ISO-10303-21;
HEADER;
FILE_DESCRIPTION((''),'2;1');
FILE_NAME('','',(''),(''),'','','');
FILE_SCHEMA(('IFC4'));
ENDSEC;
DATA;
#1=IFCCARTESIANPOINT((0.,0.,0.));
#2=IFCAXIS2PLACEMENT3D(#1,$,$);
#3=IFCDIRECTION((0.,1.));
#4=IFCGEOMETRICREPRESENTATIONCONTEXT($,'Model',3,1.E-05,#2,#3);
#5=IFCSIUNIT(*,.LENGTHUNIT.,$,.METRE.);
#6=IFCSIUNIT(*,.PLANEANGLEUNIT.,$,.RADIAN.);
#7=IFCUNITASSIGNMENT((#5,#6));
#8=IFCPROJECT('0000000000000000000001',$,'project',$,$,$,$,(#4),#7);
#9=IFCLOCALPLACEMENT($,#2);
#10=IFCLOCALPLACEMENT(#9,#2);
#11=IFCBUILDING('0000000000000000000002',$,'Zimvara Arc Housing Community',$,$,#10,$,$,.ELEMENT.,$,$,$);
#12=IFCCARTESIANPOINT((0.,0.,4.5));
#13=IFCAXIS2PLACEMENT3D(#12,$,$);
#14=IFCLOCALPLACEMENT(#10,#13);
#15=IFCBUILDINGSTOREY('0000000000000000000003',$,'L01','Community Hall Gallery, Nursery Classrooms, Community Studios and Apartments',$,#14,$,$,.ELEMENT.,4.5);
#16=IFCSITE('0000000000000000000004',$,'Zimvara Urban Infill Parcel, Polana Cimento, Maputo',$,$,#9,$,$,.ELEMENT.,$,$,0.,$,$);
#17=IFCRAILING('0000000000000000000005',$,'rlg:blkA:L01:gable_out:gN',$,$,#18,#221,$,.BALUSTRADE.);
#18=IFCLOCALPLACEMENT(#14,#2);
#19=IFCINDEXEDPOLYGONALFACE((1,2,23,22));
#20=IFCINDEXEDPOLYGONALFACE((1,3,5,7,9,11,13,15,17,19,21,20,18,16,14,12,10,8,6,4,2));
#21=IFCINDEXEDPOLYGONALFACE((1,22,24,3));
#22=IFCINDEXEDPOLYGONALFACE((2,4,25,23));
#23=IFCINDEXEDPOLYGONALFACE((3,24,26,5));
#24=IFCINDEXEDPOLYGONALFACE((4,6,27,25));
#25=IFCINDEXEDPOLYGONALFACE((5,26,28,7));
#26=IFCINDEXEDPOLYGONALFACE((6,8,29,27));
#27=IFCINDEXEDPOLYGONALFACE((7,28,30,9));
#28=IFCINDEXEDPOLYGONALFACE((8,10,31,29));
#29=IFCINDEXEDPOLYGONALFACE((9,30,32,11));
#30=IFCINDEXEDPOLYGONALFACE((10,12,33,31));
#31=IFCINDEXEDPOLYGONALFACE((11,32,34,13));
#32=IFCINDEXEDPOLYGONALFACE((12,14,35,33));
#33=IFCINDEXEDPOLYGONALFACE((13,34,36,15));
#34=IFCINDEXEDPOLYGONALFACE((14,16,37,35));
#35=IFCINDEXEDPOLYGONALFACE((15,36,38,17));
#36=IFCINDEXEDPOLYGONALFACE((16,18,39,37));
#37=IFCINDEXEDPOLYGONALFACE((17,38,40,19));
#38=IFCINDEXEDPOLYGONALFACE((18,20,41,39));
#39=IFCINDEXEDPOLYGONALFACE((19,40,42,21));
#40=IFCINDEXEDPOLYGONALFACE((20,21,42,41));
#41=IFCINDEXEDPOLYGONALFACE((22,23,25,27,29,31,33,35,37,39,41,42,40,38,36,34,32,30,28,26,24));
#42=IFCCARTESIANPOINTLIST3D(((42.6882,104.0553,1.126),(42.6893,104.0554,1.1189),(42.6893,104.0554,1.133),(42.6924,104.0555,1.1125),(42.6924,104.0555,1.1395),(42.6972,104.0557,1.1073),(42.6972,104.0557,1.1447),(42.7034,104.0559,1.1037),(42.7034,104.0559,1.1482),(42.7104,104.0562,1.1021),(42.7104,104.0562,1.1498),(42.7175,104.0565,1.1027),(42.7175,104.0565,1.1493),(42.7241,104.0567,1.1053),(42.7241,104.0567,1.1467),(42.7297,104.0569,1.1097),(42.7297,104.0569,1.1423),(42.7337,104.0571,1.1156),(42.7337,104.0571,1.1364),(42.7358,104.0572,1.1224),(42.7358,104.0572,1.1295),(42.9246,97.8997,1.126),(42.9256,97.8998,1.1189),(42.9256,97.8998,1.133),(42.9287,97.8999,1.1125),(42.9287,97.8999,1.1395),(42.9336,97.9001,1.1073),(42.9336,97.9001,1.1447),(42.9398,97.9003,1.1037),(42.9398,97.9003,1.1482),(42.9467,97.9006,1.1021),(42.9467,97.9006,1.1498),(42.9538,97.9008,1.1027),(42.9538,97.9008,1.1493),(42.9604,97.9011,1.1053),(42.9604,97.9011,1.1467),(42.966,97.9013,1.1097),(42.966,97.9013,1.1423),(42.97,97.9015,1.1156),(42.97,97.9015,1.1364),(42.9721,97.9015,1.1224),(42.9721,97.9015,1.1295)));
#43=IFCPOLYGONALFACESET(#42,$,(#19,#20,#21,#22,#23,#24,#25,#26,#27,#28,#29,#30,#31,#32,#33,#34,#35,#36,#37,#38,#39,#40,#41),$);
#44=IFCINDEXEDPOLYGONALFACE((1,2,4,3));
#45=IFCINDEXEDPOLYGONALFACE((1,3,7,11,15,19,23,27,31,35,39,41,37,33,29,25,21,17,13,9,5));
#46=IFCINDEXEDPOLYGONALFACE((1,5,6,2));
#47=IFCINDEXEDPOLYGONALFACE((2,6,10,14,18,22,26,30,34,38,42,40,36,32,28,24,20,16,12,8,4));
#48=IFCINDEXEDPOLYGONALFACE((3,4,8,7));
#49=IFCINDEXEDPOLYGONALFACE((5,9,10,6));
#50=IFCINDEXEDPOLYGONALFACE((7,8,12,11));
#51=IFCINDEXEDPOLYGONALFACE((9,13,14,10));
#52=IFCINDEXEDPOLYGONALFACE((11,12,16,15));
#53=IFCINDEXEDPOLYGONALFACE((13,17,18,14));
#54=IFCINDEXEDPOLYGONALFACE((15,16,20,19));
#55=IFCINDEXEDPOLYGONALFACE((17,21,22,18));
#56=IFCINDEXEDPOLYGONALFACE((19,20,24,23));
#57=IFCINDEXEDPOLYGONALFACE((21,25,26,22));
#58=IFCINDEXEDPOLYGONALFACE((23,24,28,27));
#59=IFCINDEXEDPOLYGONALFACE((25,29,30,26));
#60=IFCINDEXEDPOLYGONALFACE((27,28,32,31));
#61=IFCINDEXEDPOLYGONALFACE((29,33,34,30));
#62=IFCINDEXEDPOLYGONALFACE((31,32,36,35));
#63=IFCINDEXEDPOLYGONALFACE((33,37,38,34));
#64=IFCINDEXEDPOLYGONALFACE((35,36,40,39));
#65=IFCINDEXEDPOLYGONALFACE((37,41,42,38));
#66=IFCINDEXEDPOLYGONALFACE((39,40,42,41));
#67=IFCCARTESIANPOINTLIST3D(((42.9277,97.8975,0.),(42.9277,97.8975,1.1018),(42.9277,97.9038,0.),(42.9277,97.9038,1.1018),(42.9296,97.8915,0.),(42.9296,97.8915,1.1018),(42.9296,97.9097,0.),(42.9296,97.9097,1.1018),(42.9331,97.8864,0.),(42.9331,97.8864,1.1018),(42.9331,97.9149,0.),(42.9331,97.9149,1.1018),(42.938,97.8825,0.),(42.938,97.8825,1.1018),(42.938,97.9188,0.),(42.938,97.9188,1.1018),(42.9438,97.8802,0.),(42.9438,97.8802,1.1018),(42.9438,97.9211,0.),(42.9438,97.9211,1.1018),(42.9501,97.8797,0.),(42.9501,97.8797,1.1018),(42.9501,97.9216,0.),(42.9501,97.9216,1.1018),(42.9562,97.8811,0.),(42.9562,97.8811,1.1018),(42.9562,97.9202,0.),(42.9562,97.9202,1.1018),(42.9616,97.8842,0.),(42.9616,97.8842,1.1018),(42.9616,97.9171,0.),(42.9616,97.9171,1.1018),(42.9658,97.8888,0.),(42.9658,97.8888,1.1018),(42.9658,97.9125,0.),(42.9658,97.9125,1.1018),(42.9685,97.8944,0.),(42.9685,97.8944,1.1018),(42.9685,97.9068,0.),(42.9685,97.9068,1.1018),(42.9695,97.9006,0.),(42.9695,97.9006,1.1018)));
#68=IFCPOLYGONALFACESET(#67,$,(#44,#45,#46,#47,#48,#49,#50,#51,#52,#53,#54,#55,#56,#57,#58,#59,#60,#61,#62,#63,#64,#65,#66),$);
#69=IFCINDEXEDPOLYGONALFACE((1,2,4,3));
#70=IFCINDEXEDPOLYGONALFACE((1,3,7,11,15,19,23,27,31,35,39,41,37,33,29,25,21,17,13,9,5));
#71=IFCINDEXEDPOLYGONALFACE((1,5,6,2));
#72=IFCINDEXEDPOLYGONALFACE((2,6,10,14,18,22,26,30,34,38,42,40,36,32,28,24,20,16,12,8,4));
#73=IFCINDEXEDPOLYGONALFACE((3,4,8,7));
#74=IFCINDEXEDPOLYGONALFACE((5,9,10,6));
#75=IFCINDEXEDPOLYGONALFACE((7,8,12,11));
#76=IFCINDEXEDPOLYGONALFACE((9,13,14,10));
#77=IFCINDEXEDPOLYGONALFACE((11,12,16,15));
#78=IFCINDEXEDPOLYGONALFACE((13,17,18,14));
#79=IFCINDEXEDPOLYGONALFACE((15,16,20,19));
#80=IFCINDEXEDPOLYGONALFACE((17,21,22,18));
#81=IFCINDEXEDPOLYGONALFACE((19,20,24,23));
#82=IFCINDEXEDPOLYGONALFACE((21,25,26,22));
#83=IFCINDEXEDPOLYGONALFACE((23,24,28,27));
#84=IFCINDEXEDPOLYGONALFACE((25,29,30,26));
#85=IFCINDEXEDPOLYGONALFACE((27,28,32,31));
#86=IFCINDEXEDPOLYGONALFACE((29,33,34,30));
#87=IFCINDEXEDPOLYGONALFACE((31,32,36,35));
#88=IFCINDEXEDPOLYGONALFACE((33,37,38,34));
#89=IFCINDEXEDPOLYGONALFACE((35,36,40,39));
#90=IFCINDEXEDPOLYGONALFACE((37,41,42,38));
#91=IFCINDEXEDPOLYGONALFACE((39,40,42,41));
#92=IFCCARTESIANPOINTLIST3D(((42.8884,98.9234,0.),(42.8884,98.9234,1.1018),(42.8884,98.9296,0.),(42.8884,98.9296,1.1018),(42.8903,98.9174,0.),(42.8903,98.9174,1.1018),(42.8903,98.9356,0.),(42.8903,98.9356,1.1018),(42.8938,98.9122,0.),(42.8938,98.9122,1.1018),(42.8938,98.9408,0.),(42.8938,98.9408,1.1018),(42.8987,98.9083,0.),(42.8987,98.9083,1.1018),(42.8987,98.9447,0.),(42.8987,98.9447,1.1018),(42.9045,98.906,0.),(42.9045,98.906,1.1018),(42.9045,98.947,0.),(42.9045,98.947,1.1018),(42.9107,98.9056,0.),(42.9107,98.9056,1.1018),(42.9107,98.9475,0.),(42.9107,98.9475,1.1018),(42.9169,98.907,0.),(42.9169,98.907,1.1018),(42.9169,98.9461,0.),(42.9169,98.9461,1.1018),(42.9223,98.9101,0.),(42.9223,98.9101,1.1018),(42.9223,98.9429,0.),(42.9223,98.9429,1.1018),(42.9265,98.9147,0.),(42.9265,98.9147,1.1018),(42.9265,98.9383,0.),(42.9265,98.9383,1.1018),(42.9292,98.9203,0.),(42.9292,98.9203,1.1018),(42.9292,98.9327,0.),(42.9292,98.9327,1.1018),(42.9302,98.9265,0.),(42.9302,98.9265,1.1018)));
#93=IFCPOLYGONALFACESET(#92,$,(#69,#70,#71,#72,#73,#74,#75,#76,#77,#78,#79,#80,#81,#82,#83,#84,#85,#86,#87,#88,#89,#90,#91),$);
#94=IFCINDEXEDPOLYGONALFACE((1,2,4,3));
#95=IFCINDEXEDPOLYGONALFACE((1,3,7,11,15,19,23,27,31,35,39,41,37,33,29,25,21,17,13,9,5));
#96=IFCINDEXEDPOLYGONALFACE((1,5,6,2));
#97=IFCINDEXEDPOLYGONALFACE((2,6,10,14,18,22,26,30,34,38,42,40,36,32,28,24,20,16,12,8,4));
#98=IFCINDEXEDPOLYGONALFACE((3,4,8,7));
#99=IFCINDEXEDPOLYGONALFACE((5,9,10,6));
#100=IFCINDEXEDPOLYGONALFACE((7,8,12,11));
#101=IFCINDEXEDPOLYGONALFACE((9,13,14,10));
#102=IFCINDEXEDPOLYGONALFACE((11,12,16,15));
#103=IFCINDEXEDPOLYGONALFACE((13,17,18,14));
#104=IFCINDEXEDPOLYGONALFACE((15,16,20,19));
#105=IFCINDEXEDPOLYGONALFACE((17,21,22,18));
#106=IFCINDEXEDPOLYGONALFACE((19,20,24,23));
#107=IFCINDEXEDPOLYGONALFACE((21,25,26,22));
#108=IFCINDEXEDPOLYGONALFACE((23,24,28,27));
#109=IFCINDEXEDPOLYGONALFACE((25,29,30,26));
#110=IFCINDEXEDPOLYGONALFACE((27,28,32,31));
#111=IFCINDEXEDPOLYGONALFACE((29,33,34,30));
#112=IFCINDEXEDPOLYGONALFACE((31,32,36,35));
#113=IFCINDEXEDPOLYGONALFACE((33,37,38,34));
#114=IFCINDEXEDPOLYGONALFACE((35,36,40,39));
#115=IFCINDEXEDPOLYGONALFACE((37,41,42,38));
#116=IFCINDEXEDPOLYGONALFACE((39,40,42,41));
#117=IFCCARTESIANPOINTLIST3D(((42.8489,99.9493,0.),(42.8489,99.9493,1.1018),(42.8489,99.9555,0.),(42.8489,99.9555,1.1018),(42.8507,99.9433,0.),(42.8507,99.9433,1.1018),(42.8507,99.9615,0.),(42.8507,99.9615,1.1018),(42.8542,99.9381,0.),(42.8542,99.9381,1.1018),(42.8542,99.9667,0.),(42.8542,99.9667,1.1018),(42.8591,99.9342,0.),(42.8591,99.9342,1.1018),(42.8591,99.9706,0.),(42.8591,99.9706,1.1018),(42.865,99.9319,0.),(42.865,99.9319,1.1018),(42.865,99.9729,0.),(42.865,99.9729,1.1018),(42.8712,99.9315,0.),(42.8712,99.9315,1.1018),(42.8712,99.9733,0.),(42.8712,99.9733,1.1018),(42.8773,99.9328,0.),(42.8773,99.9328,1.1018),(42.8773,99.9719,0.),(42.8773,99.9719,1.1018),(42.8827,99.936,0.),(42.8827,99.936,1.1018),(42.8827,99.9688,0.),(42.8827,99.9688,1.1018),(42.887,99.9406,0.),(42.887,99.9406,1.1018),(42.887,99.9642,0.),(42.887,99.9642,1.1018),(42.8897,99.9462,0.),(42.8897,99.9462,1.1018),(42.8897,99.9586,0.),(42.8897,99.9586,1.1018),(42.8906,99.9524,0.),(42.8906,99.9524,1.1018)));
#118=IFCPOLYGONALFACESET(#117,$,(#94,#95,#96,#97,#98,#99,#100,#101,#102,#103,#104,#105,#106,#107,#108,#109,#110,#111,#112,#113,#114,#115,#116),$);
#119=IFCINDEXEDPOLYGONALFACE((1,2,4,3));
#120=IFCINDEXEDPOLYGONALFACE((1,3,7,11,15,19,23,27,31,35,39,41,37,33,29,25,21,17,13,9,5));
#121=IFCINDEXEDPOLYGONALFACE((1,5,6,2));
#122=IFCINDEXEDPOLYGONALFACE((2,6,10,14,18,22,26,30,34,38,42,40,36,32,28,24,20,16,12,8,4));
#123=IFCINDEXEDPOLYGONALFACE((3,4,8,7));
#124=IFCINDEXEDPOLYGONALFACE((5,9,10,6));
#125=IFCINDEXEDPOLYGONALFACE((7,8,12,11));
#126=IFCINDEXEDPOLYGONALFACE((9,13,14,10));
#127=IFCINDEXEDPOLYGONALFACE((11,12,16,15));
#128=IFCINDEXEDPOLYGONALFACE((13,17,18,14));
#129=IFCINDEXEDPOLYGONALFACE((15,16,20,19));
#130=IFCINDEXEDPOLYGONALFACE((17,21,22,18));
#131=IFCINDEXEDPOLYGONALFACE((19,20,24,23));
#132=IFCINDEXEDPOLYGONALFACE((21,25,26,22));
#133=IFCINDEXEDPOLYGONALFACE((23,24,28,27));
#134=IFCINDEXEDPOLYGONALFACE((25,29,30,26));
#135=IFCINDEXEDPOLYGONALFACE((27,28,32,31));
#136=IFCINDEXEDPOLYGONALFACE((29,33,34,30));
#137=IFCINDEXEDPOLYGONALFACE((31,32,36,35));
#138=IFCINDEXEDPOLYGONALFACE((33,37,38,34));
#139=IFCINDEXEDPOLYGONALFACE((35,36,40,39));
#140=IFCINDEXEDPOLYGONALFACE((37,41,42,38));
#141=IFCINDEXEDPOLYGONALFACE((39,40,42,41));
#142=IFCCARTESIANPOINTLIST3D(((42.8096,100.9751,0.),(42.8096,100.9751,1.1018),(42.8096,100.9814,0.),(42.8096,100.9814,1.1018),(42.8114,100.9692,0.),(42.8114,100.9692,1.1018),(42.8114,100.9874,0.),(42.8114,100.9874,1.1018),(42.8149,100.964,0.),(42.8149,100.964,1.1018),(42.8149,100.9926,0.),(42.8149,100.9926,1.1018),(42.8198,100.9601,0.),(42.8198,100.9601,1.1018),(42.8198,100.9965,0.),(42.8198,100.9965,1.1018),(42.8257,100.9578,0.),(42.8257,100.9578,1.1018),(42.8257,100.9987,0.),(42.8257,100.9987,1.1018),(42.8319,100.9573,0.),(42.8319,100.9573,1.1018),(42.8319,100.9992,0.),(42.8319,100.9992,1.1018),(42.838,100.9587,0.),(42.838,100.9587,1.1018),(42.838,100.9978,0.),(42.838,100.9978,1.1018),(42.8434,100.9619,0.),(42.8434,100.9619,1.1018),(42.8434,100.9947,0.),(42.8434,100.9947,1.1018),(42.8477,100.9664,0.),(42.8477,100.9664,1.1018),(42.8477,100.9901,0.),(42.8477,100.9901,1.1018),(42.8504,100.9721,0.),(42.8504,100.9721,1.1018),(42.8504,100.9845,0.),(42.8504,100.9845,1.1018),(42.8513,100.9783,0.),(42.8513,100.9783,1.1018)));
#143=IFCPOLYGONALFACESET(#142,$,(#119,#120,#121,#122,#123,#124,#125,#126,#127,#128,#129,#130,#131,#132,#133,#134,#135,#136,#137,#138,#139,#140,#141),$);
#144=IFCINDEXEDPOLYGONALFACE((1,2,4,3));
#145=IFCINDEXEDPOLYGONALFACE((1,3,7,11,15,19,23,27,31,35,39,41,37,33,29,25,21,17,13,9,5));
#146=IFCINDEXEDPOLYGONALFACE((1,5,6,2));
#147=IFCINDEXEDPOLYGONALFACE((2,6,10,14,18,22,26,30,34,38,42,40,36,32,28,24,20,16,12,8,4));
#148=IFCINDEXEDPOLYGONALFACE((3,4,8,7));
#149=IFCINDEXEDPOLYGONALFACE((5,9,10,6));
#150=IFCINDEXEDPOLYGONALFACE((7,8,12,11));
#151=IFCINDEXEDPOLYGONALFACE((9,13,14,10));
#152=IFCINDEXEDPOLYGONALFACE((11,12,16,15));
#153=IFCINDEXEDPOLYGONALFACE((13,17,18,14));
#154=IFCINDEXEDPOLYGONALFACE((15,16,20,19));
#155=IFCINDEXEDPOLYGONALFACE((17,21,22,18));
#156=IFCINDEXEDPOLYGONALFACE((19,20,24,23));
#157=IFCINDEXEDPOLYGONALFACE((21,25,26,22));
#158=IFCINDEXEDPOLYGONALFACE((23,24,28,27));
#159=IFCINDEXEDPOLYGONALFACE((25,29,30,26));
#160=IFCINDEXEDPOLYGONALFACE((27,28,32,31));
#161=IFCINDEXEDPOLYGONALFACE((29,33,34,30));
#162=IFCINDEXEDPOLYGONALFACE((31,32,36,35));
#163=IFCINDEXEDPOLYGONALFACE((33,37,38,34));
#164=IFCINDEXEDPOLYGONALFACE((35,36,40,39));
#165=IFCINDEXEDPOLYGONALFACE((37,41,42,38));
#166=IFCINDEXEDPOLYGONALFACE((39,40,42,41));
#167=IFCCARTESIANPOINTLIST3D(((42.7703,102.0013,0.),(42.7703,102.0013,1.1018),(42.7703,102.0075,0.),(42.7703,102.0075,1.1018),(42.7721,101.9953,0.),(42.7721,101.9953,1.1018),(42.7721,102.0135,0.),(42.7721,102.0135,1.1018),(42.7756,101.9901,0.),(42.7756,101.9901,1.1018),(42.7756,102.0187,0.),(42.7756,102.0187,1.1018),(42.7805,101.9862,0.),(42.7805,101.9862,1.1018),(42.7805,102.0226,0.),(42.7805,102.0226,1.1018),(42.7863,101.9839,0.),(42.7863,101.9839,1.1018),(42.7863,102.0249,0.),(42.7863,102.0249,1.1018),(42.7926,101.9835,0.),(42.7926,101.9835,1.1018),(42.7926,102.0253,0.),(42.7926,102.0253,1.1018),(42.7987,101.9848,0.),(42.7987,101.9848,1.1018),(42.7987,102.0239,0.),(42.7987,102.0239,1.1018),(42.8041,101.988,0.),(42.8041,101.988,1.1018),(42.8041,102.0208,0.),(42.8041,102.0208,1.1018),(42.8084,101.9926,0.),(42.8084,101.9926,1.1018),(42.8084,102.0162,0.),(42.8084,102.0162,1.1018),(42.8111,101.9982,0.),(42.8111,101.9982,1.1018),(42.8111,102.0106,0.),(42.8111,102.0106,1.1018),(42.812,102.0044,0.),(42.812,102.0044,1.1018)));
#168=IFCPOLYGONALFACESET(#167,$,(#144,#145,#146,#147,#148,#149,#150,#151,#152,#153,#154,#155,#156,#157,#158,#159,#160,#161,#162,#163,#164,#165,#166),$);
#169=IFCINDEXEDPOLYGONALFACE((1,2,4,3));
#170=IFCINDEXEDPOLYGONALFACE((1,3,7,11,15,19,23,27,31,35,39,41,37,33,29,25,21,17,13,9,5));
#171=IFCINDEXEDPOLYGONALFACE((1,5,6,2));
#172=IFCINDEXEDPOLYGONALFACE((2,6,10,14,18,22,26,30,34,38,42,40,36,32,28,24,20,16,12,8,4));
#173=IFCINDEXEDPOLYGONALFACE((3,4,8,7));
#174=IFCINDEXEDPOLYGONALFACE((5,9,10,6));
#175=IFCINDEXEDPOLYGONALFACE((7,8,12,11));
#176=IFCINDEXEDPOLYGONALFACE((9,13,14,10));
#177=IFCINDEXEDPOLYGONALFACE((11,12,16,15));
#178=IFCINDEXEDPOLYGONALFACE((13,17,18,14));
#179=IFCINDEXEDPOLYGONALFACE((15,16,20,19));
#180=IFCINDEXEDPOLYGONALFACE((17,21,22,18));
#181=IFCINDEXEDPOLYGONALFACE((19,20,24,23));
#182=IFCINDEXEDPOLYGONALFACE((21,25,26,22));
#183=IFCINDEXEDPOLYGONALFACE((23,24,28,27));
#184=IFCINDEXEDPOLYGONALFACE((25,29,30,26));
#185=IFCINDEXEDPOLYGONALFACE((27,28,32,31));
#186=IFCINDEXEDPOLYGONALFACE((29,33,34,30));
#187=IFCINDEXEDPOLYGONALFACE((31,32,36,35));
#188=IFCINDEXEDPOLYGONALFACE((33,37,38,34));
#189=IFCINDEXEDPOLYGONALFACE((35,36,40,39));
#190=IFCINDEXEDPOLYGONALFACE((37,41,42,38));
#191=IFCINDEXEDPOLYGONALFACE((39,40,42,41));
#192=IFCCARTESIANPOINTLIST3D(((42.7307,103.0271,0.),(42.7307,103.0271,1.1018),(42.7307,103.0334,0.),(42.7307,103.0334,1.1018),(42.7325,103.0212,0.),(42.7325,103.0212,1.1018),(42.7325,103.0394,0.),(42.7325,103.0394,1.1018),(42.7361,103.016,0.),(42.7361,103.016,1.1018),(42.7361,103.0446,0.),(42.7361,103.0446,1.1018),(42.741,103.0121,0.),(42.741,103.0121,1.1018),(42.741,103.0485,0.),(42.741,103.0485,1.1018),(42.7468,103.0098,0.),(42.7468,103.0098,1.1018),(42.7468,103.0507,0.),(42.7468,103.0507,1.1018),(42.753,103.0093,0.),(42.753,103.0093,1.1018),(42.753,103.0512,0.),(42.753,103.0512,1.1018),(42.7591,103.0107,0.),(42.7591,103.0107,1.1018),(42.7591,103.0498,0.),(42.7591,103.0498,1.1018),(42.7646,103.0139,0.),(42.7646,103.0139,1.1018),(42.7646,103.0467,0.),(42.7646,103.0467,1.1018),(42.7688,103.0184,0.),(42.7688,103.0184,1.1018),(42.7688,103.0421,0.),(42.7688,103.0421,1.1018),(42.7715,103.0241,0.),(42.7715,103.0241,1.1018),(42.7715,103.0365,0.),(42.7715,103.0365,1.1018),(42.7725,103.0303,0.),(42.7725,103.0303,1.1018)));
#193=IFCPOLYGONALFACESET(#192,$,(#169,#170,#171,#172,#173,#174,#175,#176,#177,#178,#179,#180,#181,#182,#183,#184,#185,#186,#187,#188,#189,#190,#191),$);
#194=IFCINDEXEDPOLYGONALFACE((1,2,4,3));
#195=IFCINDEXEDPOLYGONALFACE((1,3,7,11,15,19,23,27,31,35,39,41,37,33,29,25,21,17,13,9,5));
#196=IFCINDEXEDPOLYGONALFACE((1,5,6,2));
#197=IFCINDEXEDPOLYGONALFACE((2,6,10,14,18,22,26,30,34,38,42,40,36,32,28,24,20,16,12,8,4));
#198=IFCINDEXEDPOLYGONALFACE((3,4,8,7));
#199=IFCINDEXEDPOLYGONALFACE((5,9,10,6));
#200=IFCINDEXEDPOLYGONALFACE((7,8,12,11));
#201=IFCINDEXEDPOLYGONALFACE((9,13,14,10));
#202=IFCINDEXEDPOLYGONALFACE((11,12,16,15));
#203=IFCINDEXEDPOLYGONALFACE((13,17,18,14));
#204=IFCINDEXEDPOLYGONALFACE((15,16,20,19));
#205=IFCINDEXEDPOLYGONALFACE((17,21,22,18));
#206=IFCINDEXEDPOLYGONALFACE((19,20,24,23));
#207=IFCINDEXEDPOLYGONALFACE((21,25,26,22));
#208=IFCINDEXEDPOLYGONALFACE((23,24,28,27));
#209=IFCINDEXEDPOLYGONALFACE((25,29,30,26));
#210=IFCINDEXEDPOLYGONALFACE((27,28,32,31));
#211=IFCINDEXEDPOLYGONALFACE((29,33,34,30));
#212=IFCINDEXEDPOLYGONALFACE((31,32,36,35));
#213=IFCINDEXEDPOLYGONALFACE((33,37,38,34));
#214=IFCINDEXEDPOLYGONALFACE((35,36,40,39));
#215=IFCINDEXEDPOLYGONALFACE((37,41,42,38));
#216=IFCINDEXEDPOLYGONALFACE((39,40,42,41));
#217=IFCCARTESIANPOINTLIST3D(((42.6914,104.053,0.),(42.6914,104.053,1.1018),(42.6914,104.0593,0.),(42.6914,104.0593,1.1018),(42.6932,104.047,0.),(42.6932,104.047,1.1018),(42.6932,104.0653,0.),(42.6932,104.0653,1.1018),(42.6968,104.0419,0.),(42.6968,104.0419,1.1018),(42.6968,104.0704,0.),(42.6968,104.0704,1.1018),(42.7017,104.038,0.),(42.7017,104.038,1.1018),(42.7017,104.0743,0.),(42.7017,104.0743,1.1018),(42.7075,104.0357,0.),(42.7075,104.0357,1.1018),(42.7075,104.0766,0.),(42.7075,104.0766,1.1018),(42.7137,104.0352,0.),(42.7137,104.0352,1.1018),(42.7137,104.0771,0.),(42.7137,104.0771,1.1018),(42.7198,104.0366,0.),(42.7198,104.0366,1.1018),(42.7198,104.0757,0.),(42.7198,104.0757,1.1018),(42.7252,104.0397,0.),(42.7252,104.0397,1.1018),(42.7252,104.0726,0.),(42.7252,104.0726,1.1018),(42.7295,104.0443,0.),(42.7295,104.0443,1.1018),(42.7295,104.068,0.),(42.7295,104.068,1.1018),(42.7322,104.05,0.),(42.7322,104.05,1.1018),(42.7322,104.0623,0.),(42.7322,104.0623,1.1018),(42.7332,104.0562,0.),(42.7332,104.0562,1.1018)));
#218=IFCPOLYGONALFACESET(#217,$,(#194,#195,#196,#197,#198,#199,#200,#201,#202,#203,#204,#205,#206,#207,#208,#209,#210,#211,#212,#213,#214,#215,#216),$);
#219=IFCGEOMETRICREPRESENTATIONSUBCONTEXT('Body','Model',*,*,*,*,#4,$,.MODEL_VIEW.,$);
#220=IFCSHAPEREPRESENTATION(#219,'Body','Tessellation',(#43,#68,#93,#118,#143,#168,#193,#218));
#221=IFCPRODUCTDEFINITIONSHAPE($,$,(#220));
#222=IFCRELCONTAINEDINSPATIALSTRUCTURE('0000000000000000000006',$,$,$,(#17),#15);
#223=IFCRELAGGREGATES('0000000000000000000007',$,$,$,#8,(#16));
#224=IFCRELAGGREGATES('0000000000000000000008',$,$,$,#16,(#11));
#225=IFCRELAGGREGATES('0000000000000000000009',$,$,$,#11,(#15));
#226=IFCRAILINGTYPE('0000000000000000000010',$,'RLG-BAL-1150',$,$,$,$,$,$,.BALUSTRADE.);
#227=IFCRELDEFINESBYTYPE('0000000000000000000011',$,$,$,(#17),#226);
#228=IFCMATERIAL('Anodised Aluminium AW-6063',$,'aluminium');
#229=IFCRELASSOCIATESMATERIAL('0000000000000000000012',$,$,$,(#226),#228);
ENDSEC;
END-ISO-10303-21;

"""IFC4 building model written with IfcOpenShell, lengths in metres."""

from ifc_helpers import new_model, si_unit, direction, frame, origin, origin_2d, place, context, subcontext, project, spatial, circle, extrude, material, type_object, element, save


model = new_model("IFC4")

# Units and contexts
model_context = context("Model", 3, precision=1e-05, world=origin(), true_north=direction((0.0, 1.0)))
body_context = subcontext(model_context, "Body", "Model", "MODEL_VIEW")
ifc_project = project(units=[si_unit("LENGTHUNIT", "METRE"), si_unit("PLANEANGLEUNIT", "RADIAN")], contexts=[model_context])

# Site, building, storey
site_placement = place(None, origin())
site = spatial("IfcSite", under=ifc_project, at=site_placement, Name="Zimvara Urban Infill Parcel, Polana Cimento, Maputo", CompositionType="ELEMENT", RefElevation=0.0)
building_placement = place(site_placement, origin())
building = spatial("IfcBuilding", under=site, at=building_placement, Name="Zimvara Arc Housing Community", CompositionType="ELEMENT")
storey_placement = place(building_placement, frame((0.0, 0.0, 4.5)))
storey = spatial("IfcBuildingStorey", under=building, at=storey_placement, Name="L01", Description="Community Hall Gallery, Nursery Classrooms, Community Studios and Apartments", CompositionType="ELEMENT", Elevation=4.5)

# Railing
ifc_material_1 = material(Name="Anodised Aluminium AW-6063", Category="aluminium")
railing_type_1 = type_object("IfcRailingType", Name="RLG-BAL-1150", PredefinedType="BALUSTRADE", material=ifc_material_1)
railing_1_placement = place(storey_placement, frame((42.9485, 97.9006, 0.0)))
element("IfcRailing", 1, at=railing_1_placement, inside=storey, type_object=railing_type_1, Name="rlg:blkA:L01:gable_out:gN", PredefinedType="BALUSTRADE", context=body_context, shape_type="SweptSolid", body=[
    extrude(circle(Radius=0.0239, at=origin_2d()), frame((0.0, 0.0, 1.126), z_axis=(-0.038365, 0.999264, 0.0), x_axis=(-0.999264, -0.038365, 0.0)), (0.0, 0.0, 1.0), 6.1602),
    extrude(circle(Radius=0.021, at=origin_2d()), origin(), (0.0, 0.0, 1.0), 1.1018),
    extrude(circle(Radius=0.021, at=origin_2d()), frame((-0.0393, 1.0259, 0.0)), (0.0, 0.0, 1.0), 1.1018),
    extrude(circle(Radius=0.021, at=origin_2d()), frame((-0.0789, 2.0518, 0.0)), (0.0, 0.0, 1.0), 1.1018),
    extrude(circle(Radius=0.021, at=origin_2d()), frame((-0.1182, 3.0776, 0.0)), (0.0, 0.0, 1.0), 1.1018),
    extrude(circle(Radius=0.021, at=origin_2d()), frame((-0.1575, 4.1038, 0.0)), (0.0, 0.0, 1.0), 1.1018),
    extrude(circle(Radius=0.021, at=origin_2d()), frame((-0.197, 5.1296, 0.0)), (0.0, 0.0, 1.0), 1.1018),
    extrude(circle(Radius=0.021, at=origin_2d()), frame((-0.2363, 6.1555, 0.0)), (0.0, 0.0, 1.0), 1.1018),
])

save(model, "model.ifc")
